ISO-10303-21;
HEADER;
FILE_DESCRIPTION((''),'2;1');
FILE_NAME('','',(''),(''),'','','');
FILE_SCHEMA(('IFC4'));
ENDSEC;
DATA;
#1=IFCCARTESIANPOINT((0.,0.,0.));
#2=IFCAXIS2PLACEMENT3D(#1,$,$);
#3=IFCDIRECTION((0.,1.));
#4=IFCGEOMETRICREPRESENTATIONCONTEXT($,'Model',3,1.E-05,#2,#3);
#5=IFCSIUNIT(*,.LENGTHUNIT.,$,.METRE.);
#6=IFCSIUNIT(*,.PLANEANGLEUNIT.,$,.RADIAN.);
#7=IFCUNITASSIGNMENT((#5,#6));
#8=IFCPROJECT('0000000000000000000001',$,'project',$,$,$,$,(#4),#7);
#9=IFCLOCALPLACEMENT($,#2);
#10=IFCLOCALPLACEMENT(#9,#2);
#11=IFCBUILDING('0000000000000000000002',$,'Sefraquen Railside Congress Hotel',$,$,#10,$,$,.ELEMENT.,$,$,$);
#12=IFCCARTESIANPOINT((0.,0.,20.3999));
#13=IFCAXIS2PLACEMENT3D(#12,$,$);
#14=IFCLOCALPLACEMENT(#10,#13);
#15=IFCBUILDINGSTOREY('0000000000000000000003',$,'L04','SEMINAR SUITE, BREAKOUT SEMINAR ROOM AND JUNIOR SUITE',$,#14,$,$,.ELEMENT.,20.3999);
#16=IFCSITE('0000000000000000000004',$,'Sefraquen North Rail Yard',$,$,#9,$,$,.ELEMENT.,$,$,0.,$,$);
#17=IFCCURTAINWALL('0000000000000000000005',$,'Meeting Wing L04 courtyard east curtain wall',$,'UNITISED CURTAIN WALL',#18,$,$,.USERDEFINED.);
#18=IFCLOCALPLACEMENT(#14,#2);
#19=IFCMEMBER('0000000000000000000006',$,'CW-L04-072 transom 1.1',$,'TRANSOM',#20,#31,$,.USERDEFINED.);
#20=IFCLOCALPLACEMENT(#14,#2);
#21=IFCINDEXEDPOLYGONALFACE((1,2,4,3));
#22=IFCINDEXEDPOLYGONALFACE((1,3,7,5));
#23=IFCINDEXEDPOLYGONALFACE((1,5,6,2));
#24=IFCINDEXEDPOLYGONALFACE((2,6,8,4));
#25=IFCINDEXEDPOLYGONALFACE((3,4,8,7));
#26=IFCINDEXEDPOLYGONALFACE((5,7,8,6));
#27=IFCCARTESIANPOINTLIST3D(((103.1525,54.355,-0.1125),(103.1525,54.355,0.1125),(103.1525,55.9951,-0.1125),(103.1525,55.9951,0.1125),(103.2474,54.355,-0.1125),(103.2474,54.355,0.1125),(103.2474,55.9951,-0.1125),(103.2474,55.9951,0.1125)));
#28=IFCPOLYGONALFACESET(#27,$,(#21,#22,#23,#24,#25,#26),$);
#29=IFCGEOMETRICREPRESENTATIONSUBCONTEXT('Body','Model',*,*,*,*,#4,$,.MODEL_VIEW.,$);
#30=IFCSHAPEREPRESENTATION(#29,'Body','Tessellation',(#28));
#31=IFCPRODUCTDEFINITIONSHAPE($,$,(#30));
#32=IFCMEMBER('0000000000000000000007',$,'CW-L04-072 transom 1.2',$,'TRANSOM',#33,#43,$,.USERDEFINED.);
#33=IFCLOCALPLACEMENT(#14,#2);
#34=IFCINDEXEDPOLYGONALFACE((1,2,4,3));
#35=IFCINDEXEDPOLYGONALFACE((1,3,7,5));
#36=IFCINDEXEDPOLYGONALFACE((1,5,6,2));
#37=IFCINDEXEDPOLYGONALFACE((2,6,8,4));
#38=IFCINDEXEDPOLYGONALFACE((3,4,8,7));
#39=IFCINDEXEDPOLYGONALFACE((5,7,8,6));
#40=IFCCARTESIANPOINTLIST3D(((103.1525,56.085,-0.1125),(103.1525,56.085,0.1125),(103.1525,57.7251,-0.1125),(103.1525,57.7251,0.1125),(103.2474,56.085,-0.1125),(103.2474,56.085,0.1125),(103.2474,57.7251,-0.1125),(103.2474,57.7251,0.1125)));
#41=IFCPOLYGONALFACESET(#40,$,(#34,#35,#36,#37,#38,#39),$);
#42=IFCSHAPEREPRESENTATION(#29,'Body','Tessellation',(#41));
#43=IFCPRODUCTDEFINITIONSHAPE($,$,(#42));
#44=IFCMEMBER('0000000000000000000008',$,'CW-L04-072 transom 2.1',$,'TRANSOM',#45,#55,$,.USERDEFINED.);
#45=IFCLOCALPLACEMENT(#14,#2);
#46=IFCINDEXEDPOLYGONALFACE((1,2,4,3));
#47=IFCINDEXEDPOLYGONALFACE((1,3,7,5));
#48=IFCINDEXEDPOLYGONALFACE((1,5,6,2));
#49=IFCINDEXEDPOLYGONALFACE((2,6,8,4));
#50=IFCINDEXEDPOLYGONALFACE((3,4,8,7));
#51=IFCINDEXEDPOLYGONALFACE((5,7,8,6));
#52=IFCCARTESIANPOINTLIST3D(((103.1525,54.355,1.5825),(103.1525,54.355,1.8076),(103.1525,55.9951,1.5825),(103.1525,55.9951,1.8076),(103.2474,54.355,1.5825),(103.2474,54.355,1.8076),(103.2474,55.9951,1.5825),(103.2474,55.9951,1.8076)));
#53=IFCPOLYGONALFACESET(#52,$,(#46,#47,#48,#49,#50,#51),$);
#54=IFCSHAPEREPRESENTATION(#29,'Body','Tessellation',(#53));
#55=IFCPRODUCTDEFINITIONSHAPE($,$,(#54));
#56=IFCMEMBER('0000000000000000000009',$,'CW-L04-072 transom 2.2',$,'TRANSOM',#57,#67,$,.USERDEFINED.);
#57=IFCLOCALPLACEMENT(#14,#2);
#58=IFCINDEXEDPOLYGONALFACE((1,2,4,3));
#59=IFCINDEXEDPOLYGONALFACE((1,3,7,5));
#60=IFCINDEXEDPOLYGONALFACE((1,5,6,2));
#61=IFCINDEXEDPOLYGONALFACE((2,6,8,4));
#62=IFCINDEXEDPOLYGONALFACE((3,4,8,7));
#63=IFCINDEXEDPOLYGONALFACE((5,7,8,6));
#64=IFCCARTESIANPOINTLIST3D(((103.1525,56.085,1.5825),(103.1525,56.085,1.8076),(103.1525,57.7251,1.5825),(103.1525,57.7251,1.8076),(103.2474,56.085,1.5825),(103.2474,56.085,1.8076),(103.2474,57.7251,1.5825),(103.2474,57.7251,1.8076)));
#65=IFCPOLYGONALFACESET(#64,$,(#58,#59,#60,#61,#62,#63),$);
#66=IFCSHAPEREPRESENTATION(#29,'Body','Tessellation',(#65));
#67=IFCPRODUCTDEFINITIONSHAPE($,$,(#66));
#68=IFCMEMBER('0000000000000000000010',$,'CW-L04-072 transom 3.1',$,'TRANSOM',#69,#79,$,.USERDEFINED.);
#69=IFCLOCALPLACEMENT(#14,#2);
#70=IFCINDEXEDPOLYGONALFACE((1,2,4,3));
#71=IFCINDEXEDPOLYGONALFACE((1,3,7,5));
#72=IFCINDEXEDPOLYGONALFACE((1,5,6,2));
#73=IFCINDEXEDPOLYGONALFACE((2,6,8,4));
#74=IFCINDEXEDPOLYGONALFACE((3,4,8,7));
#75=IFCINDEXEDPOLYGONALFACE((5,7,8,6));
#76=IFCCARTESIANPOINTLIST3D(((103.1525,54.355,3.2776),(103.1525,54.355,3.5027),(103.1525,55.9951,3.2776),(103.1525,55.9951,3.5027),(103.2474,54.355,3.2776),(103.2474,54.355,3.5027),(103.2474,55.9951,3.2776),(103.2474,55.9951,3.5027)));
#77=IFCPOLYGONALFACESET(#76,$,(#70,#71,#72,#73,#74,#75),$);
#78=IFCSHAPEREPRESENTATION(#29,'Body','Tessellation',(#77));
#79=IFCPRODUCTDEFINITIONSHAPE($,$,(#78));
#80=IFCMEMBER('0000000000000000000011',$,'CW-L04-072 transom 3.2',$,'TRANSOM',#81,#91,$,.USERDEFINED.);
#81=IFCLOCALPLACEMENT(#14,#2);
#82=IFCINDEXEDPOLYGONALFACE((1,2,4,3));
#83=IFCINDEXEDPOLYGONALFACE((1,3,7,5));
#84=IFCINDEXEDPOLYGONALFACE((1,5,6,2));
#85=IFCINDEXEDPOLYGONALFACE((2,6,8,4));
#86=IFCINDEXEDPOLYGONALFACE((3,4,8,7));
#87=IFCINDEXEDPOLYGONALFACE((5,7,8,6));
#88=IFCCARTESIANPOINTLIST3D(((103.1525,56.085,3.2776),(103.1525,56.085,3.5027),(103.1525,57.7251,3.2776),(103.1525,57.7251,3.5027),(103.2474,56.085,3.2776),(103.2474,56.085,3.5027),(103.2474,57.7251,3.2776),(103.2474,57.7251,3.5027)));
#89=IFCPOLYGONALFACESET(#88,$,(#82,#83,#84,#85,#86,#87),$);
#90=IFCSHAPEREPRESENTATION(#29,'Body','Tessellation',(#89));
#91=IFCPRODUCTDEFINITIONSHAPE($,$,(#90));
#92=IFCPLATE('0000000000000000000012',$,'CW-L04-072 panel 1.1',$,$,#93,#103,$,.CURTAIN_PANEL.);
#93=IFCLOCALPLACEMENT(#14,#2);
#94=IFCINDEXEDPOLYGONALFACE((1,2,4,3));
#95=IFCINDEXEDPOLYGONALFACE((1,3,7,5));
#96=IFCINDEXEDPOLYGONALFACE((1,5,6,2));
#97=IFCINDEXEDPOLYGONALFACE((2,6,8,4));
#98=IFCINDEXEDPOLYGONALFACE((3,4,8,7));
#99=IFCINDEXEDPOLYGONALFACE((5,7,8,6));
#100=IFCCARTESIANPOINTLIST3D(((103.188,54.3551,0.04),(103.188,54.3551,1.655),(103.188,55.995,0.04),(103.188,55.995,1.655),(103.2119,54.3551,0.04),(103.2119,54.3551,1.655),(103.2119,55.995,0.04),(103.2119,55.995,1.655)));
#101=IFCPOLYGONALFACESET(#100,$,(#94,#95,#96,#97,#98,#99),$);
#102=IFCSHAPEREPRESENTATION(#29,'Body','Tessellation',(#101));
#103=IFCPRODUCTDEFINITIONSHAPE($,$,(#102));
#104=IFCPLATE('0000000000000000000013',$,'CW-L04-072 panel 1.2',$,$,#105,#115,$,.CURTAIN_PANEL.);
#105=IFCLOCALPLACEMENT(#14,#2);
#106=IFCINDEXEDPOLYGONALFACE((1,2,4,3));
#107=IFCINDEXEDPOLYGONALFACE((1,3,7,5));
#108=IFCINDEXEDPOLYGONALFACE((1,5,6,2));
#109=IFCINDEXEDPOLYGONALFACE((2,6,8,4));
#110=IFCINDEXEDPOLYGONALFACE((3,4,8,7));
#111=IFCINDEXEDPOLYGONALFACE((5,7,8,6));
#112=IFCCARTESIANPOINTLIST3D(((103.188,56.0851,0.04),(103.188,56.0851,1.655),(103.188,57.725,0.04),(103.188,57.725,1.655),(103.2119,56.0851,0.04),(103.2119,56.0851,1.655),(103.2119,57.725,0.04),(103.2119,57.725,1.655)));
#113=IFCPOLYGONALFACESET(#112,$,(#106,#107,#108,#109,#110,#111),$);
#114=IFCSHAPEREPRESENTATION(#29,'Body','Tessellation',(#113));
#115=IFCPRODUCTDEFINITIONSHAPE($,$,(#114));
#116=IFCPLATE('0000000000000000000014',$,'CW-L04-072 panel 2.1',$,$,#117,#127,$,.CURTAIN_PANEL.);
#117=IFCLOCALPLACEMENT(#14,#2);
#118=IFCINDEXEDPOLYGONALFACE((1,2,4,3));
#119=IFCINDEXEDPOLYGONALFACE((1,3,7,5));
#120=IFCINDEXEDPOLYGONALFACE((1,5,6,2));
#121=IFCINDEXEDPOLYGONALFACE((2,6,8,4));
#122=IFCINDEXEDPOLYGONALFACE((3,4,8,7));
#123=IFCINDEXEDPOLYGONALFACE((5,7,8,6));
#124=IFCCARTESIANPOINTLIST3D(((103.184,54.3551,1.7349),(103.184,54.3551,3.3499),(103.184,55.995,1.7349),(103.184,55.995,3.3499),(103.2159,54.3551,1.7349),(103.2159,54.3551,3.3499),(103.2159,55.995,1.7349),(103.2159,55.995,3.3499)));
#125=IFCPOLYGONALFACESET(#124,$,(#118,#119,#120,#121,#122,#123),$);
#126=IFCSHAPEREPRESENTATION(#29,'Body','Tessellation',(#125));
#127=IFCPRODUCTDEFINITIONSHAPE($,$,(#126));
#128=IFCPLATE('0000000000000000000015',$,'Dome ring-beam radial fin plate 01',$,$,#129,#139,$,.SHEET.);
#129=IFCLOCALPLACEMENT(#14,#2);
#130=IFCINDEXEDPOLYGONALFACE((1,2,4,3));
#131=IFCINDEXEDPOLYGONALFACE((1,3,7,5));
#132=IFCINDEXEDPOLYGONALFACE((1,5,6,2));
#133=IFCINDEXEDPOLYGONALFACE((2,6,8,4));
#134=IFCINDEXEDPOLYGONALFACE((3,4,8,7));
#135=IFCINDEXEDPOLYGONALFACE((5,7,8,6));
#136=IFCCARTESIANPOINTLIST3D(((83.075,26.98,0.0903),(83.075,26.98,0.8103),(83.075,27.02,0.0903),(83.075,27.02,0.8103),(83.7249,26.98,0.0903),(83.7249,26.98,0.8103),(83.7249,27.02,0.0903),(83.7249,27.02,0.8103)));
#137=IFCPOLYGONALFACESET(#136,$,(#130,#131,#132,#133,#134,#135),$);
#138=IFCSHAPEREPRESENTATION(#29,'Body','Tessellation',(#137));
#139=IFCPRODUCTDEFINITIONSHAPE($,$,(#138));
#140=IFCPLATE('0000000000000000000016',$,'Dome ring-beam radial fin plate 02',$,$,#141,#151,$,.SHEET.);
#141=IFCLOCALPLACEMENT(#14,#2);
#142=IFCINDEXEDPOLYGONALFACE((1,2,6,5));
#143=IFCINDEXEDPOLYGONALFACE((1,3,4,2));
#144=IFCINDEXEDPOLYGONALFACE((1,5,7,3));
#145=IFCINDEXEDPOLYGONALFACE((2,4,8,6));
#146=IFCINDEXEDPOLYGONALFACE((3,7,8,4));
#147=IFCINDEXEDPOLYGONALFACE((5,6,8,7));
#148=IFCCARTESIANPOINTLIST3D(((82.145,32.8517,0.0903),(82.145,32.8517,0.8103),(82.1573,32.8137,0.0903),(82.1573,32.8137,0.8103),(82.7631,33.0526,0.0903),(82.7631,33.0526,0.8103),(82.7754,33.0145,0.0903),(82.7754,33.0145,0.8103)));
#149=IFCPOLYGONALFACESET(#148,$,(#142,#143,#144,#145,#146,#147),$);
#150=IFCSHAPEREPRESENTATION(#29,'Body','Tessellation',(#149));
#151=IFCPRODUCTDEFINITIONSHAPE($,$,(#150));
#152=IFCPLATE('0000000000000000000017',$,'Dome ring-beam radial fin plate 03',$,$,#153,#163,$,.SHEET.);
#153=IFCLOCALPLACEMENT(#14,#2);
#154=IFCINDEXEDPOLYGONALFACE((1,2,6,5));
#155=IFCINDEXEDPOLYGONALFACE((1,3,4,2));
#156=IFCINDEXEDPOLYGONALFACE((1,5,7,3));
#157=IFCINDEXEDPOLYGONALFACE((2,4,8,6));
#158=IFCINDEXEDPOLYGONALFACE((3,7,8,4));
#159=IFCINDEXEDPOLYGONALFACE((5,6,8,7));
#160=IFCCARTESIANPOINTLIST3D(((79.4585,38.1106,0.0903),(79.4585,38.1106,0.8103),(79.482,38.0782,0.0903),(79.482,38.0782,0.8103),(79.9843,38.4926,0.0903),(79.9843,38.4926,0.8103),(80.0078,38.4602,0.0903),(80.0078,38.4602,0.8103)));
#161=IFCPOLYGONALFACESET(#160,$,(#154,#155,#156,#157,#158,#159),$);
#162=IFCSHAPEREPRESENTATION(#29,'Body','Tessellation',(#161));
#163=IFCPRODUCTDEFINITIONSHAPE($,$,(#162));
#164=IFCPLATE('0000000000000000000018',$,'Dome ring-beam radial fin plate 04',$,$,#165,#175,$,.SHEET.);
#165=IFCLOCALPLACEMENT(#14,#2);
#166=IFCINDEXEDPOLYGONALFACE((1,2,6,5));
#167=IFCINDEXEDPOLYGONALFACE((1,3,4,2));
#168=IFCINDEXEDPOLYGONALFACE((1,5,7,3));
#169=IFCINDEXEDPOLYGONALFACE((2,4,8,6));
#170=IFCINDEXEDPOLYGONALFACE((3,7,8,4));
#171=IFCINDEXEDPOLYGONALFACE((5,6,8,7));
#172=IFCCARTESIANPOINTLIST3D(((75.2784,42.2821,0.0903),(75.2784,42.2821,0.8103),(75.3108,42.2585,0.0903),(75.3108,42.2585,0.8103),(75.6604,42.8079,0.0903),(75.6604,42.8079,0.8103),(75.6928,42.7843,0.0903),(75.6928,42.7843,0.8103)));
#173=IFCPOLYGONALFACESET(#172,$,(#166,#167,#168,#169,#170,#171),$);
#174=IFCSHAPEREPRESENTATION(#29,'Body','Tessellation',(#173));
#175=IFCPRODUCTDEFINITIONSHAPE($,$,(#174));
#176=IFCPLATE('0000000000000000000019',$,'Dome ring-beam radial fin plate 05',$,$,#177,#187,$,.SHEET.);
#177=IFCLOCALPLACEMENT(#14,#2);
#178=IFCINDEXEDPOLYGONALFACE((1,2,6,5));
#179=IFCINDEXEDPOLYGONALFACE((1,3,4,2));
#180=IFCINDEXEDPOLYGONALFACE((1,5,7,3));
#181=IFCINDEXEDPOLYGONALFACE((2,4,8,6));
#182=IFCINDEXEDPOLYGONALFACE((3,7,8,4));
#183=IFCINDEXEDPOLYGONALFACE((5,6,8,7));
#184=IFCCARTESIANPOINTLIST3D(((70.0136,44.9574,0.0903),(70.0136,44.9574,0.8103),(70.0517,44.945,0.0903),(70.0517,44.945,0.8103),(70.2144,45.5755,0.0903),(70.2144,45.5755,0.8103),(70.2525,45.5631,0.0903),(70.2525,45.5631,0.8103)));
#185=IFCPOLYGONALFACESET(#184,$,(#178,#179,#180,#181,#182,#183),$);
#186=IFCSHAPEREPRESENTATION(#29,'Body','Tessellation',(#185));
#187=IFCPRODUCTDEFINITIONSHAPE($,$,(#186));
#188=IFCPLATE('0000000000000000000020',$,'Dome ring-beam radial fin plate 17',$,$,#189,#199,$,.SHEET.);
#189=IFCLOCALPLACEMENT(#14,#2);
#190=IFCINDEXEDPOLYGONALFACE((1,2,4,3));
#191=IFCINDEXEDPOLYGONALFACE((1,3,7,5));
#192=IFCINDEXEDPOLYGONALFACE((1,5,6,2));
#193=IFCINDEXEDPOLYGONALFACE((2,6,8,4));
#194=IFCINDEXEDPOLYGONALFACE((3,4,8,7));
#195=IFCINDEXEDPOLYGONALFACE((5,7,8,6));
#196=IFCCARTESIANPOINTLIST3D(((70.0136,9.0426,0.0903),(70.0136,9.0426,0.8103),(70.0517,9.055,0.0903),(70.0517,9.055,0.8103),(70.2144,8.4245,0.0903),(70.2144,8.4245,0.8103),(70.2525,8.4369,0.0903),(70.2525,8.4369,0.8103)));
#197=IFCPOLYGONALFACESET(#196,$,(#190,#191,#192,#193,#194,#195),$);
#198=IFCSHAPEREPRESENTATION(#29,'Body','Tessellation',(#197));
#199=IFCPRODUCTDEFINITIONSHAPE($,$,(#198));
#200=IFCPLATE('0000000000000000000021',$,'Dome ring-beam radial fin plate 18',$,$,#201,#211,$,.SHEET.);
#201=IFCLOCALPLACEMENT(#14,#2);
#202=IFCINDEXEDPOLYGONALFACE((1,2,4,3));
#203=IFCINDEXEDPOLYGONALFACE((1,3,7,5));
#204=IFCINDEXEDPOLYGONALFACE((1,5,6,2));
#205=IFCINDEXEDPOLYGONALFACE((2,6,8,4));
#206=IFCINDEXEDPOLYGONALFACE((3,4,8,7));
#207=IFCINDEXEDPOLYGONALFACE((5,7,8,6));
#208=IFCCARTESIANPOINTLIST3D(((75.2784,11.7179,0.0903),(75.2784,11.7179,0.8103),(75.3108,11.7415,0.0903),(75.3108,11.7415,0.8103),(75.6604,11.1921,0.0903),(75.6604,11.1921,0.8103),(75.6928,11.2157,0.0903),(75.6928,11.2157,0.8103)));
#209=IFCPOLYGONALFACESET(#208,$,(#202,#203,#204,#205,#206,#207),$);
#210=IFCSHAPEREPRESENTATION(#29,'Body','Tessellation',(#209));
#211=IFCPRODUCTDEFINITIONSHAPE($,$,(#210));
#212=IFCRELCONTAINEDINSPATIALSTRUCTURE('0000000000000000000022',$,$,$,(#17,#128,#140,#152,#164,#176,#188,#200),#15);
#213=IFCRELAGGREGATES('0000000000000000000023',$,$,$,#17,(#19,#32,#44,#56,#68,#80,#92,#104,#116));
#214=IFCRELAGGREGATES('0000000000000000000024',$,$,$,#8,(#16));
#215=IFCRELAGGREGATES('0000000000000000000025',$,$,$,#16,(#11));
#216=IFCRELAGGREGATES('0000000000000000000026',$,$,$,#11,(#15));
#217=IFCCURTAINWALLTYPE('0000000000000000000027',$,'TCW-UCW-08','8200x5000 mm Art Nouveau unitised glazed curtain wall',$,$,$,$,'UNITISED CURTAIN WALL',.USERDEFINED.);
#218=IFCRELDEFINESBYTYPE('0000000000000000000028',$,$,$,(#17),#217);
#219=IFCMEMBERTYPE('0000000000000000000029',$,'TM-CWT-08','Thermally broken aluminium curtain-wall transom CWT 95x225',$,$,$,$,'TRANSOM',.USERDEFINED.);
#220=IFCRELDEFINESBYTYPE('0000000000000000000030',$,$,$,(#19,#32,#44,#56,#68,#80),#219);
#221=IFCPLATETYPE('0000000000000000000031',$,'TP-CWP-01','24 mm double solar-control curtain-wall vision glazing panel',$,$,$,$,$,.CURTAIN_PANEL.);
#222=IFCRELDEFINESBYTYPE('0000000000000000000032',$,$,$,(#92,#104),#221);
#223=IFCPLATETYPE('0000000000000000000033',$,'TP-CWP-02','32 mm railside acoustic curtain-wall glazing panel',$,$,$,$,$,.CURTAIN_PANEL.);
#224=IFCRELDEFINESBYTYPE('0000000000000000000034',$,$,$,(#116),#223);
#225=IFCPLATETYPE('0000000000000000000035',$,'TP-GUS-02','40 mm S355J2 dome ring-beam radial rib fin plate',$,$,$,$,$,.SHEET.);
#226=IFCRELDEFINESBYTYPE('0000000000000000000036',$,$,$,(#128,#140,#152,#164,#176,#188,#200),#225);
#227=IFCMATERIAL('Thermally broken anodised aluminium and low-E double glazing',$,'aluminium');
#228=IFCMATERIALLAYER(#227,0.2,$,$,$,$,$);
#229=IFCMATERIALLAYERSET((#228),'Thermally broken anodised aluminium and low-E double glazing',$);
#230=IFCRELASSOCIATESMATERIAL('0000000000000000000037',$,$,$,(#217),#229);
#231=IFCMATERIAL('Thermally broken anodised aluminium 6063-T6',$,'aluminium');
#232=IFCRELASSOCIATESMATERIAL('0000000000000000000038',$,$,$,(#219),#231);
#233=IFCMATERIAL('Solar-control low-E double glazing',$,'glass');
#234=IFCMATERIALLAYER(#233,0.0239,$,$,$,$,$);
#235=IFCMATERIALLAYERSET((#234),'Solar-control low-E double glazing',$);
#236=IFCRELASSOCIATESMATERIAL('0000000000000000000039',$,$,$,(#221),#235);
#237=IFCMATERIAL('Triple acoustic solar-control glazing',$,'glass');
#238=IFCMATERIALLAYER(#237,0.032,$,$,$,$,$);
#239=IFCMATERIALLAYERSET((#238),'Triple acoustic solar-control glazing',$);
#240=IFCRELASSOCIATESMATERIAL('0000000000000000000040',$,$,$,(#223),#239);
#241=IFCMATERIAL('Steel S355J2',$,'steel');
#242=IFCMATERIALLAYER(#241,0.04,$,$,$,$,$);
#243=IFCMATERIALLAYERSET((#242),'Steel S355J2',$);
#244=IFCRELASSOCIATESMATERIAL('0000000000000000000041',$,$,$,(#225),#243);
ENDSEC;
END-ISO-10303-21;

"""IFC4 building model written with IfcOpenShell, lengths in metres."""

from ifc_helpers import new_model, si_unit, direction, frame, origin, origin_2d, place, context, subcontext, project, spatial, rectangle, extrude, material, layer, layer_set, material_profile, profile_set, type_object, element, aggregate, save


model = new_model("IFC4")

# Units and contexts
model_context = context("Model", 3, precision=1e-05, world=origin(), true_north=direction((0.0, 1.0)))
body_context = subcontext(model_context, "Body", "Model", "MODEL_VIEW")
ifc_project = project(units=[si_unit("LENGTHUNIT", "METRE"), si_unit("PLANEANGLEUNIT", "RADIAN")], contexts=[model_context])

# Site, building, storey
site_placement = place(None, origin())
site = spatial("IfcSite", under=ifc_project, at=site_placement, Name="Sefraquen North Rail Yard", CompositionType="ELEMENT", RefElevation=0.0)
building_placement = place(site_placement, origin())
building = spatial("IfcBuilding", under=site, at=building_placement, Name="Sefraquen Railside Congress Hotel", CompositionType="ELEMENT")
storey_placement = place(building_placement, frame((0.0, 0.0, 20.3999)))
storey = spatial("IfcBuildingStorey", under=building, at=storey_placement, Name="L04", Description="SEMINAR SUITE, BREAKOUT SEMINAR ROOM AND JUNIOR SUITE", CompositionType="ELEMENT", Elevation=20.3999)

# Shared definitions
ifc_material_1 = material(Name="Steel S355J2", Category="steel")

# Curtain wall, members, plates
ifc_material_2 = material(Name="Thermally broken anodised aluminium and low-E double glazing", Category="aluminium")
ifc_layer_1 = layer(ifc_material_2, 0.2)
ifc_layer_set_1 = layer_set([ifc_layer_1], Name="Thermally broken anodised aluminium and low-E double glazing")
curtain_wall_type = type_object("IfcCurtainWallType", Name="TCW-UCW-08", Description="8200x5000 mm Art Nouveau unitised glazed curtain wall", ElementType="UNITISED CURTAIN WALL", PredefinedType="USERDEFINED", material=ifc_layer_set_1)
curtain_wall_placement = place(storey_placement, origin())
curtain_wall = element("IfcCurtainWall", 1, at=curtain_wall_placement, inside=storey, type_object=curtain_wall_type, Name="Meeting Wing L04 courtyard east curtain wall", ObjectType="UNITISED CURTAIN WALL", PredefinedType="USERDEFINED")
ifc_material_3 = material(Name="Thermally broken anodised aluminium 6063-T6", Category="aluminium")
ifc_material_profile_1 = material_profile(ifc_material_3, rectangle(XDim=0.095, YDim=0.2251, at=origin_2d()), Name="CWT 95x225")
ifc_profile_set_1 = profile_set([ifc_material_profile_1], Name="Thermally broken anodised aluminium 6063-T6")
member_type_1 = type_object("IfcMemberType", Name="TM-CWT-08", Description="Thermally broken aluminium curtain-wall transom CWT 95x225", ElementType="TRANSOM", PredefinedType="USERDEFINED", material=ifc_profile_set_1)
member_1_placement = place(storey_placement, frame((103.2, 54.355, 0.0), z_axis=(0.0, 1.0, 0.0), x_axis=(-1.0, 0.0, 0.0)))
member_1 = element("IfcMember", 2, at=member_1_placement, type_object=member_type_1, Name="CW-L04-072 transom 1.1", ObjectType="TRANSOM", PredefinedType="USERDEFINED", context=body_context, shape_type="SweptSolid", body=[
    extrude(rectangle(XDim=0.095, YDim=0.2251, at=origin_2d()), origin(), (0.0, 0.0, 1.0), 1.6401),
])
member_2_placement = place(storey_placement, frame((103.2, 56.085, 0.0), z_axis=(0.0, 1.0, 0.0), x_axis=(-1.0, 0.0, 0.0)))
member_2 = element("IfcMember", 3, at=member_2_placement, type_object=member_type_1, Name="CW-L04-072 transom 1.2", ObjectType="TRANSOM", PredefinedType="USERDEFINED", context=body_context, shape_type="SweptSolid", body=[
    extrude(rectangle(XDim=0.095, YDim=0.2251, at=origin_2d()), origin(), (0.0, 0.0, 1.0), 1.6401),
])
member_3_placement = place(storey_placement, frame((103.2, 54.355, 1.6951), z_axis=(0.0, 1.0, 0.0), x_axis=(-1.0, 0.0, 0.0)))
member_3 = element("IfcMember", 4, at=member_3_placement, type_object=member_type_1, Name="CW-L04-072 transom 2.1", ObjectType="TRANSOM", PredefinedType="USERDEFINED", context=body_context, shape_type="SweptSolid", body=[
    extrude(rectangle(XDim=0.095, YDim=0.2251, at=origin_2d()), origin(), (0.0, 0.0, 1.0), 1.6401),
])
member_4_placement = place(storey_placement, frame((103.2, 56.085, 1.6951), z_axis=(0.0, 1.0, 0.0), x_axis=(-1.0, 0.0, 0.0)))
member_4 = element("IfcMember", 5, at=member_4_placement, type_object=member_type_1, Name="CW-L04-072 transom 2.2", ObjectType="TRANSOM", PredefinedType="USERDEFINED", context=body_context, shape_type="SweptSolid", body=[
    extrude(rectangle(XDim=0.095, YDim=0.2251, at=origin_2d()), origin(), (0.0, 0.0, 1.0), 1.6401),
])
member_5_placement = place(storey_placement, frame((103.2, 54.355, 3.3901), z_axis=(0.0, 1.0, 0.0), x_axis=(-1.0, 0.0, 0.0)))
member_5 = element("IfcMember", 6, at=member_5_placement, type_object=member_type_1, Name="CW-L04-072 transom 3.1", ObjectType="TRANSOM", PredefinedType="USERDEFINED", context=body_context, shape_type="SweptSolid", body=[
    extrude(rectangle(XDim=0.095, YDim=0.2251, at=origin_2d()), origin(), (0.0, 0.0, 1.0), 1.6401),
])
member_6_placement = place(storey_placement, frame((103.2, 56.085, 3.3901), z_axis=(0.0, 1.0, 0.0), x_axis=(-1.0, 0.0, 0.0)))
member_6 = element("IfcMember", 7, at=member_6_placement, type_object=member_type_1, Name="CW-L04-072 transom 3.2", ObjectType="TRANSOM", PredefinedType="USERDEFINED", context=body_context, shape_type="SweptSolid", body=[
    extrude(rectangle(XDim=0.095, YDim=0.2251, at=origin_2d()), origin(), (0.0, 0.0, 1.0), 1.6401),
])
ifc_material_4 = material(Name="Solar-control low-E double glazing", Category="glass")
ifc_layer_2 = layer(ifc_material_4, 0.0239)
ifc_layer_set_2 = layer_set([ifc_layer_2], Name="Solar-control low-E double glazing")
plate_type_1 = type_object("IfcPlateType", Name="TP-CWP-01", Description="24 mm double solar-control curtain-wall vision glazing panel", PredefinedType="CURTAIN_PANEL", material=ifc_layer_set_2)
plate_1_placement = place(storey_placement, frame((103.2, 55.175, 0.04), z_axis=(0.0, 0.0, 1.0), x_axis=(0.0, 1.0, 0.0)))
plate_1 = element("IfcPlate", 8, at=plate_1_placement, type_object=plate_type_1, Name="CW-L04-072 panel 1.1", PredefinedType="CURTAIN_PANEL", context=body_context, shape_type="SweptSolid", body=[
    extrude(rectangle(XDim=1.6399, YDim=0.0239, at=origin_2d()), origin(), (0.0, 0.0, 1.0), 1.615),
])
plate_2_placement = place(storey_placement, frame((103.2, 56.905, 0.04), z_axis=(0.0, 0.0, 1.0), x_axis=(0.0, 1.0, 0.0)))
plate_2 = element("IfcPlate", 9, at=plate_2_placement, type_object=plate_type_1, Name="CW-L04-072 panel 1.2", PredefinedType="CURTAIN_PANEL", context=body_context, shape_type="SweptSolid", body=[
    extrude(rectangle(XDim=1.6399, YDim=0.0239, at=origin_2d()), origin(), (0.0, 0.0, 1.0), 1.615),
])
ifc_material_5 = material(Name="Triple acoustic solar-control glazing", Category="glass")
ifc_layer_3 = layer(ifc_material_5, 0.032)
ifc_layer_set_3 = layer_set([ifc_layer_3], Name="Triple acoustic solar-control glazing")
plate_type_2 = type_object("IfcPlateType", Name="TP-CWP-02", Description="32 mm railside acoustic curtain-wall glazing panel", PredefinedType="CURTAIN_PANEL", material=ifc_layer_set_3)
plate_3_placement = place(storey_placement, frame((103.2, 55.175, 1.7349), z_axis=(0.0, 0.0, 1.0), x_axis=(0.0, 1.0, 0.0)))
plate_3 = element("IfcPlate", 10, at=plate_3_placement, type_object=plate_type_2, Name="CW-L04-072 panel 2.1", PredefinedType="CURTAIN_PANEL", context=body_context, shape_type="SweptSolid", body=[
    extrude(rectangle(XDim=1.6399, YDim=0.032, at=origin_2d()), origin(), (0.0, 0.0, 1.0), 1.615),
])
aggregate(curtain_wall, [member_1, member_2, member_3, member_4, member_5, member_6, plate_1, plate_2, plate_3])

# Plates
ifc_layer_4 = layer(ifc_material_1, 0.04)
ifc_layer_set_4 = layer_set([ifc_layer_4], Name="Steel S355J2")
plate_type_3 = type_object("IfcPlateType", Name="TP-GUS-02", Description="40 mm S355J2 dome ring-beam radial rib fin plate", PredefinedType="SHEET", material=ifc_layer_set_4)
for number, where, z_axis, x_axis, name in (
    (11, (83.3999, 27.0, 0.0903), (0.0, 0.0, 1.0), (1.0, 0.0, 0.0), "Dome ring-beam radial fin plate 01"),
    (12, (82.4602, 32.9331, 0.0903), (0.0, 0.0, 1.0), (0.951057, 0.309017, 0.0), "Dome ring-beam radial fin plate 02"),
    (13, (79.7332, 38.2854, 0.0903), (0.0, 0.0, 1.0), (0.809017, 0.587785, 0.0), "Dome ring-beam radial fin plate 03"),
    (14, (75.4856, 42.5332, 0.0903), (0.0, 0.0, 1.0), (0.587785, 0.809017, 0.0), "Dome ring-beam radial fin plate 04"),
    (15, (70.1331, 45.2603, 0.0903), (0.0, 0.0, 1.0), (0.309017, 0.951057, 0.0), "Dome ring-beam radial fin plate 05"),
    (16, (70.1331, 8.7397, 0.0903), (0.0, 0.0, 1.0), (0.309017, -0.951057, 0.0), "Dome ring-beam radial fin plate 17"),
    (17, (75.4856, 11.4668, 0.0903), (0.0, 0.0, 1.0), (0.587785, -0.809017, 0.0), "Dome ring-beam radial fin plate 18"),
):
    element("IfcPlate", number, at=place(storey_placement, frame(where, z_axis=z_axis, x_axis=x_axis)), inside=storey, type_object=plate_type_3, Name=name, PredefinedType="SHEET", context=body_context, shape_type="SweptSolid", body=[
        extrude(rectangle(XDim=0.6499, YDim=0.04, at=origin_2d()), origin(), (0.0, 0.0, 1.0), 0.72),
    ])

save(model, "model.ifc")
